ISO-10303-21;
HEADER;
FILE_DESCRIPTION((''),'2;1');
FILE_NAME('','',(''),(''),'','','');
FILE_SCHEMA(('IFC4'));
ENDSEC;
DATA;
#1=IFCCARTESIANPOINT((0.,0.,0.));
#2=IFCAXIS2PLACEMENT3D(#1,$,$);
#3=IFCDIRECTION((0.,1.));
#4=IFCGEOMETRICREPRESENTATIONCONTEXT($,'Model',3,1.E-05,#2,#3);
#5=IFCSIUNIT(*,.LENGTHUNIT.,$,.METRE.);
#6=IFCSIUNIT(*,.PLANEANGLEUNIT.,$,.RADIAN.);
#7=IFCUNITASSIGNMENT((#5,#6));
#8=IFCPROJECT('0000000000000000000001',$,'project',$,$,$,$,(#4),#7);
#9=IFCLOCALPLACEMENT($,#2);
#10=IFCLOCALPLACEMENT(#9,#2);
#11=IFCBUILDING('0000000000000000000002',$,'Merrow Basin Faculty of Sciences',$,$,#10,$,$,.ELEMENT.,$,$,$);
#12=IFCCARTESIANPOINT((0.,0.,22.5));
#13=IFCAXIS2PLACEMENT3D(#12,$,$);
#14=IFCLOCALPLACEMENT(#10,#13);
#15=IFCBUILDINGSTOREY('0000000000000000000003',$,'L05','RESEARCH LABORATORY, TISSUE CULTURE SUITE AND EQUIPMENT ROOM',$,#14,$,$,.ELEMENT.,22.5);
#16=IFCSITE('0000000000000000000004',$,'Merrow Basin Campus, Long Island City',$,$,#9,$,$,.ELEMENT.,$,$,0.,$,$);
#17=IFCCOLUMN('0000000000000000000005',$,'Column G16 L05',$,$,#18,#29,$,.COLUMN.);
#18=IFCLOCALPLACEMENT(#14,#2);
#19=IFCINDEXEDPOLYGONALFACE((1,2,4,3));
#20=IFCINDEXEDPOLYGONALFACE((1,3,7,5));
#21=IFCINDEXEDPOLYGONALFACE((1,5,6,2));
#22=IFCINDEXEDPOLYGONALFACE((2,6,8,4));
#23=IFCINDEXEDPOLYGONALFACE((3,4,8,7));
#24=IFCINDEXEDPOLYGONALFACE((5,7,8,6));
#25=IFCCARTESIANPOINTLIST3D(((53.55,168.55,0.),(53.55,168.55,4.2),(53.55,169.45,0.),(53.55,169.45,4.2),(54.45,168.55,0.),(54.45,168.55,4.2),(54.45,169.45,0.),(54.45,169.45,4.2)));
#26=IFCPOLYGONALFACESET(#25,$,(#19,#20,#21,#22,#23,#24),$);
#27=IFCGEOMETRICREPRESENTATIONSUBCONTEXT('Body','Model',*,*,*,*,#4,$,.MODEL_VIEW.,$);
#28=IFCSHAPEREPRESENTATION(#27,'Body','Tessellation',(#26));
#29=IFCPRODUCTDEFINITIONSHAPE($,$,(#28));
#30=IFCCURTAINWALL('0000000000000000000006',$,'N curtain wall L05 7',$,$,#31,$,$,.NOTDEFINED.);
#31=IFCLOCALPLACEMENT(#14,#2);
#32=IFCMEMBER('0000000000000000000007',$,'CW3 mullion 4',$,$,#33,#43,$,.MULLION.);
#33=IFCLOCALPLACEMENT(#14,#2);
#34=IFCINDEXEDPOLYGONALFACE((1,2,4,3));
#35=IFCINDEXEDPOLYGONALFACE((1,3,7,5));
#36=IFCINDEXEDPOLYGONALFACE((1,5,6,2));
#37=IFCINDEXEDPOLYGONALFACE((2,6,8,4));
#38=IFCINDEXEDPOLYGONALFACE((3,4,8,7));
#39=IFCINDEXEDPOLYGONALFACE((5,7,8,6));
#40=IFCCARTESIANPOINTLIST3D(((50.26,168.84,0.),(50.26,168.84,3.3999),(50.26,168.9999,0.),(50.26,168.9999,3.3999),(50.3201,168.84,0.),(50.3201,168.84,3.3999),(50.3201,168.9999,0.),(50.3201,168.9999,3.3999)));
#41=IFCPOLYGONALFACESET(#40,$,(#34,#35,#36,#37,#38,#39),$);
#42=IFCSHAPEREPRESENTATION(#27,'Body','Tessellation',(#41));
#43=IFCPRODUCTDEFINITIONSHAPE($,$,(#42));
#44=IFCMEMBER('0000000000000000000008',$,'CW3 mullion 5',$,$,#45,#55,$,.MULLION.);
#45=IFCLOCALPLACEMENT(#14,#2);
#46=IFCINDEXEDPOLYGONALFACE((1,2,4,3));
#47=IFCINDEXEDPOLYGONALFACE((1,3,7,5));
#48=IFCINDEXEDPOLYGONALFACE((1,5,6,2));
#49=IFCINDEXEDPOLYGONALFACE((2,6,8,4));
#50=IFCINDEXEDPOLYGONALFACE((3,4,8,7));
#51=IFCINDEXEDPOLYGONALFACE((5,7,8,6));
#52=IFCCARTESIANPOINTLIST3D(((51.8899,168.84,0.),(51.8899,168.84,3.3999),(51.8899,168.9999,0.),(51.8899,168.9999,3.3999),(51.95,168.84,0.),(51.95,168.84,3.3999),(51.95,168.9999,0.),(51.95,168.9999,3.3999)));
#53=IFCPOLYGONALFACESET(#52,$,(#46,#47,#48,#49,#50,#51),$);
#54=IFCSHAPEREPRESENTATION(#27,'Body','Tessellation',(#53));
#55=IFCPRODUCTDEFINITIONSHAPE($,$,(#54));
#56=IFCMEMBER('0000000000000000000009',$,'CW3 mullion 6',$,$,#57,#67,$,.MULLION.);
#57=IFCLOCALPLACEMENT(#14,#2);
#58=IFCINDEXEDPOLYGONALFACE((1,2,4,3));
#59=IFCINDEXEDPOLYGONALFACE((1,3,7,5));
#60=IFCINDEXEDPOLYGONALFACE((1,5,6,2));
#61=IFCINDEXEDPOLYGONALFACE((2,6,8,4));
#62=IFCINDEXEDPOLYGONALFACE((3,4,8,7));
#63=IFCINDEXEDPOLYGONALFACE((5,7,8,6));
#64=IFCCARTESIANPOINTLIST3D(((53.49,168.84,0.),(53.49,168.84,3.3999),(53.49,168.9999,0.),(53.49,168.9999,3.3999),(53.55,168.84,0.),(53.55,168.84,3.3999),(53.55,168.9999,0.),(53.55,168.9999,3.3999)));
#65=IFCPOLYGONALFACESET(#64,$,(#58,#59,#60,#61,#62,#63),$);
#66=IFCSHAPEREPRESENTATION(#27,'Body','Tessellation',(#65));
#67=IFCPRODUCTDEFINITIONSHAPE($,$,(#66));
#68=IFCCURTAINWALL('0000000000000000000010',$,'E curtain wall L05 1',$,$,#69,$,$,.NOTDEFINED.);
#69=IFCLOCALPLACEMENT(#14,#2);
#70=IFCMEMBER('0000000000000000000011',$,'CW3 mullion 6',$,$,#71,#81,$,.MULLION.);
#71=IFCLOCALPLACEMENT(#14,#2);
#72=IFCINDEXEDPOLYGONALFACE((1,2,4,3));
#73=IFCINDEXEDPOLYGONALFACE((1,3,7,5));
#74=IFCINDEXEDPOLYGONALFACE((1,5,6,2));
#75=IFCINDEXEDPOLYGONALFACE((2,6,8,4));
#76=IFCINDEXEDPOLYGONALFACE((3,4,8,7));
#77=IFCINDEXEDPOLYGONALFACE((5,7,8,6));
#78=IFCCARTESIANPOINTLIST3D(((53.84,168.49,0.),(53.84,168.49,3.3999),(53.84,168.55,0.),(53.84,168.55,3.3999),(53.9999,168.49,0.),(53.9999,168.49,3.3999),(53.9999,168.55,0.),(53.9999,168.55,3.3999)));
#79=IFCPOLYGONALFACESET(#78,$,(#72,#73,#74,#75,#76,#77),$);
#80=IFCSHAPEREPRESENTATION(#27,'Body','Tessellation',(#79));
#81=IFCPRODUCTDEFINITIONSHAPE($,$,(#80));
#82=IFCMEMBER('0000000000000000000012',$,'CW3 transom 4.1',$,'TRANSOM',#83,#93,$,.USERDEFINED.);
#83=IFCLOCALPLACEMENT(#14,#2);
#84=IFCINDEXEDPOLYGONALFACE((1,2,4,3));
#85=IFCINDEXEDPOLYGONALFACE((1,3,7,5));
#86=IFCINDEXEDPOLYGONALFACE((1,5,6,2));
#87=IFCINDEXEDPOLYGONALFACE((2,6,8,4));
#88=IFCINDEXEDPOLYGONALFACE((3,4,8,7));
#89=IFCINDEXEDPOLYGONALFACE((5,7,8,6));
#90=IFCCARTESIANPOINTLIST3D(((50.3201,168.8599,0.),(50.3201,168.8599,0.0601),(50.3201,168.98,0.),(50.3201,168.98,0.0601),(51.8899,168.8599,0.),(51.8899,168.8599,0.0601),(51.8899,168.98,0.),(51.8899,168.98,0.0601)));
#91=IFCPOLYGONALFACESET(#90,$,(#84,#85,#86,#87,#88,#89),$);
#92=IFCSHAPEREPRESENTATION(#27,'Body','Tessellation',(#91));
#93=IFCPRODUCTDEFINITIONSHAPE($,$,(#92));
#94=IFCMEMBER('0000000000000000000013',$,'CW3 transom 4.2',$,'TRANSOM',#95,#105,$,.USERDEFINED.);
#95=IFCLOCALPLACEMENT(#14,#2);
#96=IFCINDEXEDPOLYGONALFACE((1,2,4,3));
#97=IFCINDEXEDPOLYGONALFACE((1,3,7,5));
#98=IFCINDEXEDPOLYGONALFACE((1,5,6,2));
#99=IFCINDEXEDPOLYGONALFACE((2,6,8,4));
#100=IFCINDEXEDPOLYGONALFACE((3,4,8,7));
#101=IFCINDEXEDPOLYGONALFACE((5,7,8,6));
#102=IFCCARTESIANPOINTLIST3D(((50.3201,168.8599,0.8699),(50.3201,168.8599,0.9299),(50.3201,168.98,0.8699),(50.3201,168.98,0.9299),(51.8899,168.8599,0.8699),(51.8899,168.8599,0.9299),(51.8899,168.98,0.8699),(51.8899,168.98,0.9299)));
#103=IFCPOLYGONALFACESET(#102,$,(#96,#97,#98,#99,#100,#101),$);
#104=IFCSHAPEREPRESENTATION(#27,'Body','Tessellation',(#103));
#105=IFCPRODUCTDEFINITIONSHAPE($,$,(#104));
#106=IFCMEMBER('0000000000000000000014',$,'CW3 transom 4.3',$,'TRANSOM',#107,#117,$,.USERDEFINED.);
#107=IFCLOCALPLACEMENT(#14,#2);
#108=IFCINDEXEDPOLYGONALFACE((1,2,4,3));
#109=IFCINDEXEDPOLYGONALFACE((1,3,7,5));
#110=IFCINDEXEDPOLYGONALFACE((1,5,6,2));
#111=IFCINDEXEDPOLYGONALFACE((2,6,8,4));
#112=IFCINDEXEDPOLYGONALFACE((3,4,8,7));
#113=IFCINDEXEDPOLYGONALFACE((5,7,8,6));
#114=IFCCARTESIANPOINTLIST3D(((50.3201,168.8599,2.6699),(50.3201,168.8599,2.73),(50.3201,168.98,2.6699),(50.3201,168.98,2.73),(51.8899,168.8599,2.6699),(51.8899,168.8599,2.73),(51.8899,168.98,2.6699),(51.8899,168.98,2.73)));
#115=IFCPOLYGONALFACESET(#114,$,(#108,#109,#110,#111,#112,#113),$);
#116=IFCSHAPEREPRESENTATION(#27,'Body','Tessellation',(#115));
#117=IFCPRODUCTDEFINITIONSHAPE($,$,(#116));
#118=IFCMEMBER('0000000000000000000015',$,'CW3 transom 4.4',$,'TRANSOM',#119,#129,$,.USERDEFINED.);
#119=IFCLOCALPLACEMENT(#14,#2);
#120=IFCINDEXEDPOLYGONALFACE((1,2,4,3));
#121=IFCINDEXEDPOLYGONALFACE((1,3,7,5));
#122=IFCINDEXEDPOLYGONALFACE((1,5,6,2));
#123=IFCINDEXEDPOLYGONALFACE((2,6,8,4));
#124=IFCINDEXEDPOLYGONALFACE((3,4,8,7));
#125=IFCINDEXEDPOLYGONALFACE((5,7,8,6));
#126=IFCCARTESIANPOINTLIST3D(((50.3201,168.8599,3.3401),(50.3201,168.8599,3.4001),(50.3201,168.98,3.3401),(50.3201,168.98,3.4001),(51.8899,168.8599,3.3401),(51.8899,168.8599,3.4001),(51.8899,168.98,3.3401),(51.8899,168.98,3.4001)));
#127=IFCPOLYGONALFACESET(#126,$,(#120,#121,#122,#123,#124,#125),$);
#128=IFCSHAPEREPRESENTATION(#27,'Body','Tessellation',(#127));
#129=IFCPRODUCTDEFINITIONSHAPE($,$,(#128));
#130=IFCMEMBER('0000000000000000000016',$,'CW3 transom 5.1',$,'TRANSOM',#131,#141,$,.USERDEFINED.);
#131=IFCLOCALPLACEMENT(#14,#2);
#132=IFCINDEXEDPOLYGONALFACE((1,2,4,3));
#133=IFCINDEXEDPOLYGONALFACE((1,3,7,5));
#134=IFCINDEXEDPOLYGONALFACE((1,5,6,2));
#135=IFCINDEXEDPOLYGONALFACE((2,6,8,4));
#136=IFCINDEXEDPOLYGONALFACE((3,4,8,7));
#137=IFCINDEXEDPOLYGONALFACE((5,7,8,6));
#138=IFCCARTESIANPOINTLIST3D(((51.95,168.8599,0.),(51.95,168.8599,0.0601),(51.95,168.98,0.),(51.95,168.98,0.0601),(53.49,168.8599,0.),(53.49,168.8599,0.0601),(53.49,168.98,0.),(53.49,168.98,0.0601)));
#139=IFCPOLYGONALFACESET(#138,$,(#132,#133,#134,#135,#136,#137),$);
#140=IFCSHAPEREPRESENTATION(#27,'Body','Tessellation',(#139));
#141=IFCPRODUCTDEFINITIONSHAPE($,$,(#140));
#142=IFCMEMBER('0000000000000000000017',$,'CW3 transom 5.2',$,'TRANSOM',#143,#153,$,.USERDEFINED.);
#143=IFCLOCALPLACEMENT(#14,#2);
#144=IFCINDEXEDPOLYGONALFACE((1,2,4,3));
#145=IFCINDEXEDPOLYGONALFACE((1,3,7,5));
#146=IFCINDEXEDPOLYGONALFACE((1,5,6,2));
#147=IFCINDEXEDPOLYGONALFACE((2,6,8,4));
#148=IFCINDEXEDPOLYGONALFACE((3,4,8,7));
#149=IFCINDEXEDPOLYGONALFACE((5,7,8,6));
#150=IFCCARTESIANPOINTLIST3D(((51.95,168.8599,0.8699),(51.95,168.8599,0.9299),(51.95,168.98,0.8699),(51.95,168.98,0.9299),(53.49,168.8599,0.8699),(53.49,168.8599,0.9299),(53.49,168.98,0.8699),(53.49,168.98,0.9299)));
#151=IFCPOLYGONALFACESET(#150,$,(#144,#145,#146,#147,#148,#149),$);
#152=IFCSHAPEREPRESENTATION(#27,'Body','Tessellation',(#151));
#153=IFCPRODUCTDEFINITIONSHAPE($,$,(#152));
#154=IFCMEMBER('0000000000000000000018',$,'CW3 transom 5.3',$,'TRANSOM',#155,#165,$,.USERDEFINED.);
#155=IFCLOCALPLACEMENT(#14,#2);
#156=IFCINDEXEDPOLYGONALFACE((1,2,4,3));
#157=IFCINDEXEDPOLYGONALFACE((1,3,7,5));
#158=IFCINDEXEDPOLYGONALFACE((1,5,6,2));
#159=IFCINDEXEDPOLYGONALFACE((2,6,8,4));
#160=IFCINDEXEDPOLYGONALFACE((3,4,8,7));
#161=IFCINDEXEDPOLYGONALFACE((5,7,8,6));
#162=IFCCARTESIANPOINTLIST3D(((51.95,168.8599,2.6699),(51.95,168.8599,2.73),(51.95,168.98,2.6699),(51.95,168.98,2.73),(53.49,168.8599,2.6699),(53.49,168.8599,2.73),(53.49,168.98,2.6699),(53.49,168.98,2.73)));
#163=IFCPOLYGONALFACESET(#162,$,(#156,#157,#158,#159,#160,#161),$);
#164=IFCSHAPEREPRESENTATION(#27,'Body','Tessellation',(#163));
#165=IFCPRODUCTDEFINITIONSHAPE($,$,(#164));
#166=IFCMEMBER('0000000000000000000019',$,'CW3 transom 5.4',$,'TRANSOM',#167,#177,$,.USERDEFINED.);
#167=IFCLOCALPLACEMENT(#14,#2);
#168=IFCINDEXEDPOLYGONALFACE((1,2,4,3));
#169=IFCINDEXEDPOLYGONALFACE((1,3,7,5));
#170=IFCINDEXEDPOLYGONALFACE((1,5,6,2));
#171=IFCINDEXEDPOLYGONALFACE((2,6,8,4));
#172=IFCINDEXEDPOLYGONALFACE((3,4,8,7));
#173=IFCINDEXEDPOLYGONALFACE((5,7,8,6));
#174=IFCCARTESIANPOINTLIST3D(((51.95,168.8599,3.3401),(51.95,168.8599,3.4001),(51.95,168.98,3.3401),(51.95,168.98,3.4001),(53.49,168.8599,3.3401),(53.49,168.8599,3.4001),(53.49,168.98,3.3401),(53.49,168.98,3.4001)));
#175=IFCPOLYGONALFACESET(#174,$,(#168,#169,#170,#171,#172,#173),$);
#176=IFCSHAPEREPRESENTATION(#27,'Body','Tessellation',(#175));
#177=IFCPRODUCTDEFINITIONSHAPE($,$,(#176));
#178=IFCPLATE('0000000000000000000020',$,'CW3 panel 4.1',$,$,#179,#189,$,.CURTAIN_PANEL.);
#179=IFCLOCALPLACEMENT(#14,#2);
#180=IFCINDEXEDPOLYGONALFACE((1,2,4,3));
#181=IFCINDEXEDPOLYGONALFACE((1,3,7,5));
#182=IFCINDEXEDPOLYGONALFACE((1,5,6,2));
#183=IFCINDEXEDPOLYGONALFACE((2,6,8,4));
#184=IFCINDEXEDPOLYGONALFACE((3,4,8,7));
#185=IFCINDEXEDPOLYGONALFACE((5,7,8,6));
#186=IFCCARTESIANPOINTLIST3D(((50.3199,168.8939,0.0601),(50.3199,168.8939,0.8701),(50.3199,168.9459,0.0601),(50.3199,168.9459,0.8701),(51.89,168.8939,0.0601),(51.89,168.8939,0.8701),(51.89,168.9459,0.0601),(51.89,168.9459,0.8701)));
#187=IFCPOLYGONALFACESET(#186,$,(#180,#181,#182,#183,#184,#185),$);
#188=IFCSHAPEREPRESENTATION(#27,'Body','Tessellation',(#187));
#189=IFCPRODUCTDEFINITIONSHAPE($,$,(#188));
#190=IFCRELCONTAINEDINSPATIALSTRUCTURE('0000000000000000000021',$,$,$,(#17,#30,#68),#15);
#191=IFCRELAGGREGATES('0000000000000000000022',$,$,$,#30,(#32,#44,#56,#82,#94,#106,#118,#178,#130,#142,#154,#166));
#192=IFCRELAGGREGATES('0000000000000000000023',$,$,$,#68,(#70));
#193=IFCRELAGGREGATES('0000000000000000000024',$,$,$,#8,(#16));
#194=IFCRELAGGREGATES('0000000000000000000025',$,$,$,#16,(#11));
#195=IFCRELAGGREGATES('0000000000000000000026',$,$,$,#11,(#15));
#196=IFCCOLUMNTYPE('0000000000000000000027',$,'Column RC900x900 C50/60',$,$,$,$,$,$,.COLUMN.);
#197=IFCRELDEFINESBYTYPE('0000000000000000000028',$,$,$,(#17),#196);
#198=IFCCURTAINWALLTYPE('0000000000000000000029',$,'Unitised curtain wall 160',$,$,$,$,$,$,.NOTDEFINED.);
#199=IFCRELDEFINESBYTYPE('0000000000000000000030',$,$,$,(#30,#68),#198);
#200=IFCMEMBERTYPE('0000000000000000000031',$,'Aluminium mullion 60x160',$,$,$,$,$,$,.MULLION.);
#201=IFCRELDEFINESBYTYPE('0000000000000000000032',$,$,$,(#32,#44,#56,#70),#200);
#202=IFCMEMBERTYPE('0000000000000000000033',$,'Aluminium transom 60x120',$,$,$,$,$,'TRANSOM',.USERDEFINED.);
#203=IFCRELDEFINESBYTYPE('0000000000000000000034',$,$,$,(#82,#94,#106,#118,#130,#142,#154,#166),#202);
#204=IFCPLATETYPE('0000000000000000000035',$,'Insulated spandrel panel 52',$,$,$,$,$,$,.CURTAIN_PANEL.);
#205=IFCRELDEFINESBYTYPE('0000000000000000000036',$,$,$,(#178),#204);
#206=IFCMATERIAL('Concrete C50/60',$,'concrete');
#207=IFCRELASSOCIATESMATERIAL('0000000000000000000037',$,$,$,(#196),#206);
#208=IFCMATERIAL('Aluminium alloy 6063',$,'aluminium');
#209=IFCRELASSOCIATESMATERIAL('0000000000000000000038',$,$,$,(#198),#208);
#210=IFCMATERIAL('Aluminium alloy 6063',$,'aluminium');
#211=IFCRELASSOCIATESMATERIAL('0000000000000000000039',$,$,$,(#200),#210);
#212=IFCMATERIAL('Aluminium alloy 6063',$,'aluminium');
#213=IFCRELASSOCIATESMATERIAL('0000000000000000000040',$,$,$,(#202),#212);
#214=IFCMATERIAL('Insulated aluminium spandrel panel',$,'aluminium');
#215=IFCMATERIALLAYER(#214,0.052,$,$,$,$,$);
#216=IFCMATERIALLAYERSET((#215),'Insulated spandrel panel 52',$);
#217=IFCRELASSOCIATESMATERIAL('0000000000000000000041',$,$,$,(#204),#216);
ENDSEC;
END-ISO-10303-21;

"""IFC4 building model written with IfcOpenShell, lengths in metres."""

from ifc_helpers import new_model, si_unit, direction, frame, origin, origin_2d, place, context, subcontext, project, spatial, rectangle, extrude, material, layer, layer_set, material_profile, profile_set, type_object, element, aggregate, save


model = new_model("IFC4")

# Units and contexts
model_context = context("Model", 3, precision=1e-05, world=origin(), true_north=direction((0.0, 1.0)))
body_context = subcontext(model_context, "Body", "Model", "MODEL_VIEW")
ifc_project = project(units=[si_unit("LENGTHUNIT", "METRE"), si_unit("PLANEANGLEUNIT", "RADIAN")], contexts=[model_context])

# Site, building, storey
site_placement = place(None, origin())
site = spatial("IfcSite", under=ifc_project, at=site_placement, Name="Merrow Basin Campus, Long Island City", CompositionType="ELEMENT", RefElevation=0.0)
building_placement = place(site_placement, origin())
building = spatial("IfcBuilding", under=site, at=building_placement, Name="Merrow Basin Faculty of Sciences", CompositionType="ELEMENT")
storey_placement = place(building_placement, frame((0.0, 0.0, 22.5)))
storey = spatial("IfcBuildingStorey", under=building, at=storey_placement, Name="L05", Description="RESEARCH LABORATORY, TISSUE CULTURE SUITE AND EQUIPMENT ROOM", CompositionType="ELEMENT", Elevation=22.5)

# Column
ifc_material_1 = material(Name="Concrete C50/60", Category="concrete")
ifc_material_profile_1 = material_profile(ifc_material_1, rectangle(XDim=0.8999, YDim=0.8999, at=origin_2d()))
ifc_profile_set_1 = profile_set([ifc_material_profile_1], Name="Concrete C50/60")
column_type = type_object("IfcColumnType", Name="Column RC900x900 C50/60", PredefinedType="COLUMN", material=ifc_profile_set_1)
column_placement = place(storey_placement, frame((54.0, 169.0, 0.0), z_axis=(0.0, 0.0, 1.0), x_axis=(1.0, 0.0, 0.0)))
element("IfcColumn", 1, at=column_placement, inside=storey, type_object=column_type, Name="Column G16 L05", PredefinedType="COLUMN", context=body_context, shape_type="SweptSolid", body=[
    extrude(rectangle(XDim=0.8999, YDim=0.8999, at=origin_2d()), origin(), (0.0, 0.0, 1.0), 4.2),
])

# Curtain wall, members
ifc_material_2 = material(Name="Aluminium alloy 6063", Category="aluminium")
curtain_wall_type = type_object("IfcCurtainWallType", Name="Unitised curtain wall 160", PredefinedType="NOTDEFINED", material=ifc_material_2)
curtain_wall_1_placement = place(storey_placement, origin())
curtain_wall_1 = element("IfcCurtainWall", 2, at=curtain_wall_1_placement, inside=storey, type_object=curtain_wall_type, Name="N curtain wall L05 7", PredefinedType="NOTDEFINED")
ifc_material_3 = material(Name="Aluminium alloy 6063", Category="aluminium")
ifc_material_profile_2 = material_profile(ifc_material_3, rectangle(XDim=0.1599, YDim=0.0601, at=origin_2d()))
ifc_profile_set_2 = profile_set([ifc_material_profile_2], Name="Aluminium alloy 6063")
member_type_1 = type_object("IfcMemberType", Name="Aluminium mullion 60x160", PredefinedType="MULLION", material=ifc_profile_set_2)
member_1_placement = place(storey_placement, frame((50.29, 168.9199, 0.0), z_axis=(0.0, 0.0, 1.0), x_axis=(0.0, 1.0, 0.0)))
member_1 = element("IfcMember", 3, at=member_1_placement, type_object=member_type_1, Name="CW3 mullion 4", PredefinedType="MULLION", context=body_context, shape_type="SweptSolid", body=[
    extrude(rectangle(XDim=0.1599, YDim=0.0601, at=origin_2d()), origin(), (0.0, 0.0, 1.0), 3.3999),
])
member_2_placement = place(storey_placement, frame((51.9199, 168.9199, 0.0), z_axis=(0.0, 0.0, 1.0), x_axis=(0.0, 1.0, 0.0)))
member_2 = element("IfcMember", 4, at=member_2_placement, type_object=member_type_1, Name="CW3 mullion 5", PredefinedType="MULLION", context=body_context, shape_type="SweptSolid", body=[
    extrude(rectangle(XDim=0.1599, YDim=0.0601, at=origin_2d()), origin(), (0.0, 0.0, 1.0), 3.3999),
])
member_3_placement = place(storey_placement, frame((53.52, 168.9199, 0.0), z_axis=(0.0, 0.0, 1.0), x_axis=(0.0, 1.0, 0.0)))
member_3 = element("IfcMember", 5, at=member_3_placement, type_object=member_type_1, Name="CW3 mullion 6", PredefinedType="MULLION", context=body_context, shape_type="SweptSolid", body=[
    extrude(rectangle(XDim=0.1599, YDim=0.0601, at=origin_2d()), origin(), (0.0, 0.0, 1.0), 3.3999),
])

# Curtain wall, member
curtain_wall_2_placement = place(storey_placement, origin())
curtain_wall_2 = element("IfcCurtainWall", 6, at=curtain_wall_2_placement, inside=storey, type_object=curtain_wall_type, Name="E curtain wall L05 1", PredefinedType="NOTDEFINED")
member_4_placement = place(storey_placement, frame((53.9199, 168.52, 0.0), z_axis=(0.0, 0.0, 1.0), x_axis=(-1.0, 0.0, 0.0)))
member_4 = element("IfcMember", 7, at=member_4_placement, type_object=member_type_1, Name="CW3 mullion 6", PredefinedType="MULLION", context=body_context, shape_type="SweptSolid", body=[
    extrude(rectangle(XDim=0.1599, YDim=0.0601, at=origin_2d()), origin(), (0.0, 0.0, 1.0), 3.3999),
])

# Members
ifc_material_4 = material(Name="Aluminium alloy 6063", Category="aluminium")
ifc_material_profile_3 = material_profile(ifc_material_4, rectangle(XDim=0.1201, YDim=0.0601, at=origin_2d()))
ifc_profile_set_3 = profile_set([ifc_material_profile_3], Name="Aluminium alloy 6063")
member_type_2 = type_object("IfcMemberType", Name="Aluminium transom 60x120", ElementType="TRANSOM", PredefinedType="USERDEFINED", material=ifc_profile_set_3)
member_5_placement = place(storey_placement, frame((50.3201, 168.9199, 0.03), z_axis=(1.0, 0.0, 0.0), x_axis=(0.0, 1.0, 0.0)))
member_5 = element("IfcMember", 8, at=member_5_placement, type_object=member_type_2, Name="CW3 transom 4.1", ObjectType="TRANSOM", PredefinedType="USERDEFINED", context=body_context, shape_type="SweptSolid", body=[
    extrude(rectangle(XDim=0.1201, YDim=0.0601, at=origin_2d()), origin(), (0.0, 0.0, 1.0), 1.5698),
])
member_6_placement = place(storey_placement, frame((50.3201, 168.9199, 0.8999), z_axis=(1.0, 0.0, 0.0), x_axis=(0.0, 1.0, 0.0)))
member_6 = element("IfcMember", 9, at=member_6_placement, type_object=member_type_2, Name="CW3 transom 4.2", ObjectType="TRANSOM", PredefinedType="USERDEFINED", context=body_context, shape_type="SweptSolid", body=[
    extrude(rectangle(XDim=0.1201, YDim=0.0601, at=origin_2d()), origin(), (0.0, 0.0, 1.0), 1.5698),
])
member_7_placement = place(storey_placement, frame((50.3201, 168.9199, 2.7), z_axis=(1.0, 0.0, 0.0), x_axis=(0.0, 1.0, 0.0)))
member_7 = element("IfcMember", 10, at=member_7_placement, type_object=member_type_2, Name="CW3 transom 4.3", ObjectType="TRANSOM", PredefinedType="USERDEFINED", context=body_context, shape_type="SweptSolid", body=[
    extrude(rectangle(XDim=0.1201, YDim=0.0601, at=origin_2d()), origin(), (0.0, 0.0, 1.0), 1.5698),
])
member_8_placement = place(storey_placement, frame((50.3201, 168.9199, 3.3701), z_axis=(1.0, 0.0, 0.0), x_axis=(0.0, 1.0, 0.0)))
member_8 = element("IfcMember", 11, at=member_8_placement, type_object=member_type_2, Name="CW3 transom 4.4", ObjectType="TRANSOM", PredefinedType="USERDEFINED", context=body_context, shape_type="SweptSolid", body=[
    extrude(rectangle(XDim=0.1201, YDim=0.0601, at=origin_2d()), origin(), (0.0, 0.0, 1.0), 1.5698),
])
member_9_placement = place(storey_placement, frame((51.95, 168.9199, 0.03), z_axis=(1.0, 0.0, 0.0), x_axis=(0.0, 1.0, 0.0)))
member_9 = element("IfcMember", 12, at=member_9_placement, type_object=member_type_2, Name="CW3 transom 5.1", ObjectType="TRANSOM", PredefinedType="USERDEFINED", context=body_context, shape_type="SweptSolid", body=[
    extrude(rectangle(XDim=0.1201, YDim=0.0601, at=origin_2d()), origin(), (0.0, 0.0, 1.0), 1.54),
])
member_10_placement = place(storey_placement, frame((51.95, 168.9199, 0.8999), z_axis=(1.0, 0.0, 0.0), x_axis=(0.0, 1.0, 0.0)))
member_10 = element("IfcMember", 13, at=member_10_placement, type_object=member_type_2, Name="CW3 transom 5.2", ObjectType="TRANSOM", PredefinedType="USERDEFINED", context=body_context, shape_type="SweptSolid", body=[
    extrude(rectangle(XDim=0.1201, YDim=0.0601, at=origin_2d()), origin(), (0.0, 0.0, 1.0), 1.54),
])
member_11_placement = place(storey_placement, frame((51.95, 168.9199, 2.7), z_axis=(1.0, 0.0, 0.0), x_axis=(0.0, 1.0, 0.0)))
member_11 = element("IfcMember", 14, at=member_11_placement, type_object=member_type_2, Name="CW3 transom 5.3", ObjectType="TRANSOM", PredefinedType="USERDEFINED", context=body_context, shape_type="SweptSolid", body=[
    extrude(rectangle(XDim=0.1201, YDim=0.0601, at=origin_2d()), origin(), (0.0, 0.0, 1.0), 1.54),
])
member_12_placement = place(storey_placement, frame((51.95, 168.9199, 3.3701), z_axis=(1.0, 0.0, 0.0), x_axis=(0.0, 1.0, 0.0)))
member_12 = element("IfcMember", 15, at=member_12_placement, type_object=member_type_2, Name="CW3 transom 5.4", ObjectType="TRANSOM", PredefinedType="USERDEFINED", context=body_context, shape_type="SweptSolid", body=[
    extrude(rectangle(XDim=0.1201, YDim=0.0601, at=origin_2d()), origin(), (0.0, 0.0, 1.0), 1.54),
])

# Plate
ifc_material_5 = material(Name="Insulated aluminium spandrel panel", Category="aluminium")
ifc_layer_1 = layer(ifc_material_5, 0.052)
ifc_layer_set_1 = layer_set([ifc_layer_1], Name="Insulated spandrel panel 52")
plate_type_1 = type_object("IfcPlateType", Name="Insulated spandrel panel 52", PredefinedType="CURTAIN_PANEL", material=ifc_layer_set_1)
plate_1_placement = place(storey_placement, frame((51.105, 168.9199, 0.0601), z_axis=(0.0, 0.0, 1.0), x_axis=(1.0, 0.0, 0.0)))
plate_1 = element("IfcPlate", 16, at=plate_1_placement, type_object=plate_type_1, Name="CW3 panel 4.1", PredefinedType="CURTAIN_PANEL", context=body_context, shape_type="SweptSolid", body=[
    extrude(rectangle(XDim=1.5701, YDim=0.052, at=origin_2d()), origin(), (0.0, 0.0, 1.0), 0.8101),
])
aggregate(curtain_wall_1, [member_1, member_2, member_3, member_5, member_6, member_7, member_8, plate_1, member_9, member_10, member_11, member_12])
aggregate(curtain_wall_2, [member_4])

save(model, "model.ifc")
